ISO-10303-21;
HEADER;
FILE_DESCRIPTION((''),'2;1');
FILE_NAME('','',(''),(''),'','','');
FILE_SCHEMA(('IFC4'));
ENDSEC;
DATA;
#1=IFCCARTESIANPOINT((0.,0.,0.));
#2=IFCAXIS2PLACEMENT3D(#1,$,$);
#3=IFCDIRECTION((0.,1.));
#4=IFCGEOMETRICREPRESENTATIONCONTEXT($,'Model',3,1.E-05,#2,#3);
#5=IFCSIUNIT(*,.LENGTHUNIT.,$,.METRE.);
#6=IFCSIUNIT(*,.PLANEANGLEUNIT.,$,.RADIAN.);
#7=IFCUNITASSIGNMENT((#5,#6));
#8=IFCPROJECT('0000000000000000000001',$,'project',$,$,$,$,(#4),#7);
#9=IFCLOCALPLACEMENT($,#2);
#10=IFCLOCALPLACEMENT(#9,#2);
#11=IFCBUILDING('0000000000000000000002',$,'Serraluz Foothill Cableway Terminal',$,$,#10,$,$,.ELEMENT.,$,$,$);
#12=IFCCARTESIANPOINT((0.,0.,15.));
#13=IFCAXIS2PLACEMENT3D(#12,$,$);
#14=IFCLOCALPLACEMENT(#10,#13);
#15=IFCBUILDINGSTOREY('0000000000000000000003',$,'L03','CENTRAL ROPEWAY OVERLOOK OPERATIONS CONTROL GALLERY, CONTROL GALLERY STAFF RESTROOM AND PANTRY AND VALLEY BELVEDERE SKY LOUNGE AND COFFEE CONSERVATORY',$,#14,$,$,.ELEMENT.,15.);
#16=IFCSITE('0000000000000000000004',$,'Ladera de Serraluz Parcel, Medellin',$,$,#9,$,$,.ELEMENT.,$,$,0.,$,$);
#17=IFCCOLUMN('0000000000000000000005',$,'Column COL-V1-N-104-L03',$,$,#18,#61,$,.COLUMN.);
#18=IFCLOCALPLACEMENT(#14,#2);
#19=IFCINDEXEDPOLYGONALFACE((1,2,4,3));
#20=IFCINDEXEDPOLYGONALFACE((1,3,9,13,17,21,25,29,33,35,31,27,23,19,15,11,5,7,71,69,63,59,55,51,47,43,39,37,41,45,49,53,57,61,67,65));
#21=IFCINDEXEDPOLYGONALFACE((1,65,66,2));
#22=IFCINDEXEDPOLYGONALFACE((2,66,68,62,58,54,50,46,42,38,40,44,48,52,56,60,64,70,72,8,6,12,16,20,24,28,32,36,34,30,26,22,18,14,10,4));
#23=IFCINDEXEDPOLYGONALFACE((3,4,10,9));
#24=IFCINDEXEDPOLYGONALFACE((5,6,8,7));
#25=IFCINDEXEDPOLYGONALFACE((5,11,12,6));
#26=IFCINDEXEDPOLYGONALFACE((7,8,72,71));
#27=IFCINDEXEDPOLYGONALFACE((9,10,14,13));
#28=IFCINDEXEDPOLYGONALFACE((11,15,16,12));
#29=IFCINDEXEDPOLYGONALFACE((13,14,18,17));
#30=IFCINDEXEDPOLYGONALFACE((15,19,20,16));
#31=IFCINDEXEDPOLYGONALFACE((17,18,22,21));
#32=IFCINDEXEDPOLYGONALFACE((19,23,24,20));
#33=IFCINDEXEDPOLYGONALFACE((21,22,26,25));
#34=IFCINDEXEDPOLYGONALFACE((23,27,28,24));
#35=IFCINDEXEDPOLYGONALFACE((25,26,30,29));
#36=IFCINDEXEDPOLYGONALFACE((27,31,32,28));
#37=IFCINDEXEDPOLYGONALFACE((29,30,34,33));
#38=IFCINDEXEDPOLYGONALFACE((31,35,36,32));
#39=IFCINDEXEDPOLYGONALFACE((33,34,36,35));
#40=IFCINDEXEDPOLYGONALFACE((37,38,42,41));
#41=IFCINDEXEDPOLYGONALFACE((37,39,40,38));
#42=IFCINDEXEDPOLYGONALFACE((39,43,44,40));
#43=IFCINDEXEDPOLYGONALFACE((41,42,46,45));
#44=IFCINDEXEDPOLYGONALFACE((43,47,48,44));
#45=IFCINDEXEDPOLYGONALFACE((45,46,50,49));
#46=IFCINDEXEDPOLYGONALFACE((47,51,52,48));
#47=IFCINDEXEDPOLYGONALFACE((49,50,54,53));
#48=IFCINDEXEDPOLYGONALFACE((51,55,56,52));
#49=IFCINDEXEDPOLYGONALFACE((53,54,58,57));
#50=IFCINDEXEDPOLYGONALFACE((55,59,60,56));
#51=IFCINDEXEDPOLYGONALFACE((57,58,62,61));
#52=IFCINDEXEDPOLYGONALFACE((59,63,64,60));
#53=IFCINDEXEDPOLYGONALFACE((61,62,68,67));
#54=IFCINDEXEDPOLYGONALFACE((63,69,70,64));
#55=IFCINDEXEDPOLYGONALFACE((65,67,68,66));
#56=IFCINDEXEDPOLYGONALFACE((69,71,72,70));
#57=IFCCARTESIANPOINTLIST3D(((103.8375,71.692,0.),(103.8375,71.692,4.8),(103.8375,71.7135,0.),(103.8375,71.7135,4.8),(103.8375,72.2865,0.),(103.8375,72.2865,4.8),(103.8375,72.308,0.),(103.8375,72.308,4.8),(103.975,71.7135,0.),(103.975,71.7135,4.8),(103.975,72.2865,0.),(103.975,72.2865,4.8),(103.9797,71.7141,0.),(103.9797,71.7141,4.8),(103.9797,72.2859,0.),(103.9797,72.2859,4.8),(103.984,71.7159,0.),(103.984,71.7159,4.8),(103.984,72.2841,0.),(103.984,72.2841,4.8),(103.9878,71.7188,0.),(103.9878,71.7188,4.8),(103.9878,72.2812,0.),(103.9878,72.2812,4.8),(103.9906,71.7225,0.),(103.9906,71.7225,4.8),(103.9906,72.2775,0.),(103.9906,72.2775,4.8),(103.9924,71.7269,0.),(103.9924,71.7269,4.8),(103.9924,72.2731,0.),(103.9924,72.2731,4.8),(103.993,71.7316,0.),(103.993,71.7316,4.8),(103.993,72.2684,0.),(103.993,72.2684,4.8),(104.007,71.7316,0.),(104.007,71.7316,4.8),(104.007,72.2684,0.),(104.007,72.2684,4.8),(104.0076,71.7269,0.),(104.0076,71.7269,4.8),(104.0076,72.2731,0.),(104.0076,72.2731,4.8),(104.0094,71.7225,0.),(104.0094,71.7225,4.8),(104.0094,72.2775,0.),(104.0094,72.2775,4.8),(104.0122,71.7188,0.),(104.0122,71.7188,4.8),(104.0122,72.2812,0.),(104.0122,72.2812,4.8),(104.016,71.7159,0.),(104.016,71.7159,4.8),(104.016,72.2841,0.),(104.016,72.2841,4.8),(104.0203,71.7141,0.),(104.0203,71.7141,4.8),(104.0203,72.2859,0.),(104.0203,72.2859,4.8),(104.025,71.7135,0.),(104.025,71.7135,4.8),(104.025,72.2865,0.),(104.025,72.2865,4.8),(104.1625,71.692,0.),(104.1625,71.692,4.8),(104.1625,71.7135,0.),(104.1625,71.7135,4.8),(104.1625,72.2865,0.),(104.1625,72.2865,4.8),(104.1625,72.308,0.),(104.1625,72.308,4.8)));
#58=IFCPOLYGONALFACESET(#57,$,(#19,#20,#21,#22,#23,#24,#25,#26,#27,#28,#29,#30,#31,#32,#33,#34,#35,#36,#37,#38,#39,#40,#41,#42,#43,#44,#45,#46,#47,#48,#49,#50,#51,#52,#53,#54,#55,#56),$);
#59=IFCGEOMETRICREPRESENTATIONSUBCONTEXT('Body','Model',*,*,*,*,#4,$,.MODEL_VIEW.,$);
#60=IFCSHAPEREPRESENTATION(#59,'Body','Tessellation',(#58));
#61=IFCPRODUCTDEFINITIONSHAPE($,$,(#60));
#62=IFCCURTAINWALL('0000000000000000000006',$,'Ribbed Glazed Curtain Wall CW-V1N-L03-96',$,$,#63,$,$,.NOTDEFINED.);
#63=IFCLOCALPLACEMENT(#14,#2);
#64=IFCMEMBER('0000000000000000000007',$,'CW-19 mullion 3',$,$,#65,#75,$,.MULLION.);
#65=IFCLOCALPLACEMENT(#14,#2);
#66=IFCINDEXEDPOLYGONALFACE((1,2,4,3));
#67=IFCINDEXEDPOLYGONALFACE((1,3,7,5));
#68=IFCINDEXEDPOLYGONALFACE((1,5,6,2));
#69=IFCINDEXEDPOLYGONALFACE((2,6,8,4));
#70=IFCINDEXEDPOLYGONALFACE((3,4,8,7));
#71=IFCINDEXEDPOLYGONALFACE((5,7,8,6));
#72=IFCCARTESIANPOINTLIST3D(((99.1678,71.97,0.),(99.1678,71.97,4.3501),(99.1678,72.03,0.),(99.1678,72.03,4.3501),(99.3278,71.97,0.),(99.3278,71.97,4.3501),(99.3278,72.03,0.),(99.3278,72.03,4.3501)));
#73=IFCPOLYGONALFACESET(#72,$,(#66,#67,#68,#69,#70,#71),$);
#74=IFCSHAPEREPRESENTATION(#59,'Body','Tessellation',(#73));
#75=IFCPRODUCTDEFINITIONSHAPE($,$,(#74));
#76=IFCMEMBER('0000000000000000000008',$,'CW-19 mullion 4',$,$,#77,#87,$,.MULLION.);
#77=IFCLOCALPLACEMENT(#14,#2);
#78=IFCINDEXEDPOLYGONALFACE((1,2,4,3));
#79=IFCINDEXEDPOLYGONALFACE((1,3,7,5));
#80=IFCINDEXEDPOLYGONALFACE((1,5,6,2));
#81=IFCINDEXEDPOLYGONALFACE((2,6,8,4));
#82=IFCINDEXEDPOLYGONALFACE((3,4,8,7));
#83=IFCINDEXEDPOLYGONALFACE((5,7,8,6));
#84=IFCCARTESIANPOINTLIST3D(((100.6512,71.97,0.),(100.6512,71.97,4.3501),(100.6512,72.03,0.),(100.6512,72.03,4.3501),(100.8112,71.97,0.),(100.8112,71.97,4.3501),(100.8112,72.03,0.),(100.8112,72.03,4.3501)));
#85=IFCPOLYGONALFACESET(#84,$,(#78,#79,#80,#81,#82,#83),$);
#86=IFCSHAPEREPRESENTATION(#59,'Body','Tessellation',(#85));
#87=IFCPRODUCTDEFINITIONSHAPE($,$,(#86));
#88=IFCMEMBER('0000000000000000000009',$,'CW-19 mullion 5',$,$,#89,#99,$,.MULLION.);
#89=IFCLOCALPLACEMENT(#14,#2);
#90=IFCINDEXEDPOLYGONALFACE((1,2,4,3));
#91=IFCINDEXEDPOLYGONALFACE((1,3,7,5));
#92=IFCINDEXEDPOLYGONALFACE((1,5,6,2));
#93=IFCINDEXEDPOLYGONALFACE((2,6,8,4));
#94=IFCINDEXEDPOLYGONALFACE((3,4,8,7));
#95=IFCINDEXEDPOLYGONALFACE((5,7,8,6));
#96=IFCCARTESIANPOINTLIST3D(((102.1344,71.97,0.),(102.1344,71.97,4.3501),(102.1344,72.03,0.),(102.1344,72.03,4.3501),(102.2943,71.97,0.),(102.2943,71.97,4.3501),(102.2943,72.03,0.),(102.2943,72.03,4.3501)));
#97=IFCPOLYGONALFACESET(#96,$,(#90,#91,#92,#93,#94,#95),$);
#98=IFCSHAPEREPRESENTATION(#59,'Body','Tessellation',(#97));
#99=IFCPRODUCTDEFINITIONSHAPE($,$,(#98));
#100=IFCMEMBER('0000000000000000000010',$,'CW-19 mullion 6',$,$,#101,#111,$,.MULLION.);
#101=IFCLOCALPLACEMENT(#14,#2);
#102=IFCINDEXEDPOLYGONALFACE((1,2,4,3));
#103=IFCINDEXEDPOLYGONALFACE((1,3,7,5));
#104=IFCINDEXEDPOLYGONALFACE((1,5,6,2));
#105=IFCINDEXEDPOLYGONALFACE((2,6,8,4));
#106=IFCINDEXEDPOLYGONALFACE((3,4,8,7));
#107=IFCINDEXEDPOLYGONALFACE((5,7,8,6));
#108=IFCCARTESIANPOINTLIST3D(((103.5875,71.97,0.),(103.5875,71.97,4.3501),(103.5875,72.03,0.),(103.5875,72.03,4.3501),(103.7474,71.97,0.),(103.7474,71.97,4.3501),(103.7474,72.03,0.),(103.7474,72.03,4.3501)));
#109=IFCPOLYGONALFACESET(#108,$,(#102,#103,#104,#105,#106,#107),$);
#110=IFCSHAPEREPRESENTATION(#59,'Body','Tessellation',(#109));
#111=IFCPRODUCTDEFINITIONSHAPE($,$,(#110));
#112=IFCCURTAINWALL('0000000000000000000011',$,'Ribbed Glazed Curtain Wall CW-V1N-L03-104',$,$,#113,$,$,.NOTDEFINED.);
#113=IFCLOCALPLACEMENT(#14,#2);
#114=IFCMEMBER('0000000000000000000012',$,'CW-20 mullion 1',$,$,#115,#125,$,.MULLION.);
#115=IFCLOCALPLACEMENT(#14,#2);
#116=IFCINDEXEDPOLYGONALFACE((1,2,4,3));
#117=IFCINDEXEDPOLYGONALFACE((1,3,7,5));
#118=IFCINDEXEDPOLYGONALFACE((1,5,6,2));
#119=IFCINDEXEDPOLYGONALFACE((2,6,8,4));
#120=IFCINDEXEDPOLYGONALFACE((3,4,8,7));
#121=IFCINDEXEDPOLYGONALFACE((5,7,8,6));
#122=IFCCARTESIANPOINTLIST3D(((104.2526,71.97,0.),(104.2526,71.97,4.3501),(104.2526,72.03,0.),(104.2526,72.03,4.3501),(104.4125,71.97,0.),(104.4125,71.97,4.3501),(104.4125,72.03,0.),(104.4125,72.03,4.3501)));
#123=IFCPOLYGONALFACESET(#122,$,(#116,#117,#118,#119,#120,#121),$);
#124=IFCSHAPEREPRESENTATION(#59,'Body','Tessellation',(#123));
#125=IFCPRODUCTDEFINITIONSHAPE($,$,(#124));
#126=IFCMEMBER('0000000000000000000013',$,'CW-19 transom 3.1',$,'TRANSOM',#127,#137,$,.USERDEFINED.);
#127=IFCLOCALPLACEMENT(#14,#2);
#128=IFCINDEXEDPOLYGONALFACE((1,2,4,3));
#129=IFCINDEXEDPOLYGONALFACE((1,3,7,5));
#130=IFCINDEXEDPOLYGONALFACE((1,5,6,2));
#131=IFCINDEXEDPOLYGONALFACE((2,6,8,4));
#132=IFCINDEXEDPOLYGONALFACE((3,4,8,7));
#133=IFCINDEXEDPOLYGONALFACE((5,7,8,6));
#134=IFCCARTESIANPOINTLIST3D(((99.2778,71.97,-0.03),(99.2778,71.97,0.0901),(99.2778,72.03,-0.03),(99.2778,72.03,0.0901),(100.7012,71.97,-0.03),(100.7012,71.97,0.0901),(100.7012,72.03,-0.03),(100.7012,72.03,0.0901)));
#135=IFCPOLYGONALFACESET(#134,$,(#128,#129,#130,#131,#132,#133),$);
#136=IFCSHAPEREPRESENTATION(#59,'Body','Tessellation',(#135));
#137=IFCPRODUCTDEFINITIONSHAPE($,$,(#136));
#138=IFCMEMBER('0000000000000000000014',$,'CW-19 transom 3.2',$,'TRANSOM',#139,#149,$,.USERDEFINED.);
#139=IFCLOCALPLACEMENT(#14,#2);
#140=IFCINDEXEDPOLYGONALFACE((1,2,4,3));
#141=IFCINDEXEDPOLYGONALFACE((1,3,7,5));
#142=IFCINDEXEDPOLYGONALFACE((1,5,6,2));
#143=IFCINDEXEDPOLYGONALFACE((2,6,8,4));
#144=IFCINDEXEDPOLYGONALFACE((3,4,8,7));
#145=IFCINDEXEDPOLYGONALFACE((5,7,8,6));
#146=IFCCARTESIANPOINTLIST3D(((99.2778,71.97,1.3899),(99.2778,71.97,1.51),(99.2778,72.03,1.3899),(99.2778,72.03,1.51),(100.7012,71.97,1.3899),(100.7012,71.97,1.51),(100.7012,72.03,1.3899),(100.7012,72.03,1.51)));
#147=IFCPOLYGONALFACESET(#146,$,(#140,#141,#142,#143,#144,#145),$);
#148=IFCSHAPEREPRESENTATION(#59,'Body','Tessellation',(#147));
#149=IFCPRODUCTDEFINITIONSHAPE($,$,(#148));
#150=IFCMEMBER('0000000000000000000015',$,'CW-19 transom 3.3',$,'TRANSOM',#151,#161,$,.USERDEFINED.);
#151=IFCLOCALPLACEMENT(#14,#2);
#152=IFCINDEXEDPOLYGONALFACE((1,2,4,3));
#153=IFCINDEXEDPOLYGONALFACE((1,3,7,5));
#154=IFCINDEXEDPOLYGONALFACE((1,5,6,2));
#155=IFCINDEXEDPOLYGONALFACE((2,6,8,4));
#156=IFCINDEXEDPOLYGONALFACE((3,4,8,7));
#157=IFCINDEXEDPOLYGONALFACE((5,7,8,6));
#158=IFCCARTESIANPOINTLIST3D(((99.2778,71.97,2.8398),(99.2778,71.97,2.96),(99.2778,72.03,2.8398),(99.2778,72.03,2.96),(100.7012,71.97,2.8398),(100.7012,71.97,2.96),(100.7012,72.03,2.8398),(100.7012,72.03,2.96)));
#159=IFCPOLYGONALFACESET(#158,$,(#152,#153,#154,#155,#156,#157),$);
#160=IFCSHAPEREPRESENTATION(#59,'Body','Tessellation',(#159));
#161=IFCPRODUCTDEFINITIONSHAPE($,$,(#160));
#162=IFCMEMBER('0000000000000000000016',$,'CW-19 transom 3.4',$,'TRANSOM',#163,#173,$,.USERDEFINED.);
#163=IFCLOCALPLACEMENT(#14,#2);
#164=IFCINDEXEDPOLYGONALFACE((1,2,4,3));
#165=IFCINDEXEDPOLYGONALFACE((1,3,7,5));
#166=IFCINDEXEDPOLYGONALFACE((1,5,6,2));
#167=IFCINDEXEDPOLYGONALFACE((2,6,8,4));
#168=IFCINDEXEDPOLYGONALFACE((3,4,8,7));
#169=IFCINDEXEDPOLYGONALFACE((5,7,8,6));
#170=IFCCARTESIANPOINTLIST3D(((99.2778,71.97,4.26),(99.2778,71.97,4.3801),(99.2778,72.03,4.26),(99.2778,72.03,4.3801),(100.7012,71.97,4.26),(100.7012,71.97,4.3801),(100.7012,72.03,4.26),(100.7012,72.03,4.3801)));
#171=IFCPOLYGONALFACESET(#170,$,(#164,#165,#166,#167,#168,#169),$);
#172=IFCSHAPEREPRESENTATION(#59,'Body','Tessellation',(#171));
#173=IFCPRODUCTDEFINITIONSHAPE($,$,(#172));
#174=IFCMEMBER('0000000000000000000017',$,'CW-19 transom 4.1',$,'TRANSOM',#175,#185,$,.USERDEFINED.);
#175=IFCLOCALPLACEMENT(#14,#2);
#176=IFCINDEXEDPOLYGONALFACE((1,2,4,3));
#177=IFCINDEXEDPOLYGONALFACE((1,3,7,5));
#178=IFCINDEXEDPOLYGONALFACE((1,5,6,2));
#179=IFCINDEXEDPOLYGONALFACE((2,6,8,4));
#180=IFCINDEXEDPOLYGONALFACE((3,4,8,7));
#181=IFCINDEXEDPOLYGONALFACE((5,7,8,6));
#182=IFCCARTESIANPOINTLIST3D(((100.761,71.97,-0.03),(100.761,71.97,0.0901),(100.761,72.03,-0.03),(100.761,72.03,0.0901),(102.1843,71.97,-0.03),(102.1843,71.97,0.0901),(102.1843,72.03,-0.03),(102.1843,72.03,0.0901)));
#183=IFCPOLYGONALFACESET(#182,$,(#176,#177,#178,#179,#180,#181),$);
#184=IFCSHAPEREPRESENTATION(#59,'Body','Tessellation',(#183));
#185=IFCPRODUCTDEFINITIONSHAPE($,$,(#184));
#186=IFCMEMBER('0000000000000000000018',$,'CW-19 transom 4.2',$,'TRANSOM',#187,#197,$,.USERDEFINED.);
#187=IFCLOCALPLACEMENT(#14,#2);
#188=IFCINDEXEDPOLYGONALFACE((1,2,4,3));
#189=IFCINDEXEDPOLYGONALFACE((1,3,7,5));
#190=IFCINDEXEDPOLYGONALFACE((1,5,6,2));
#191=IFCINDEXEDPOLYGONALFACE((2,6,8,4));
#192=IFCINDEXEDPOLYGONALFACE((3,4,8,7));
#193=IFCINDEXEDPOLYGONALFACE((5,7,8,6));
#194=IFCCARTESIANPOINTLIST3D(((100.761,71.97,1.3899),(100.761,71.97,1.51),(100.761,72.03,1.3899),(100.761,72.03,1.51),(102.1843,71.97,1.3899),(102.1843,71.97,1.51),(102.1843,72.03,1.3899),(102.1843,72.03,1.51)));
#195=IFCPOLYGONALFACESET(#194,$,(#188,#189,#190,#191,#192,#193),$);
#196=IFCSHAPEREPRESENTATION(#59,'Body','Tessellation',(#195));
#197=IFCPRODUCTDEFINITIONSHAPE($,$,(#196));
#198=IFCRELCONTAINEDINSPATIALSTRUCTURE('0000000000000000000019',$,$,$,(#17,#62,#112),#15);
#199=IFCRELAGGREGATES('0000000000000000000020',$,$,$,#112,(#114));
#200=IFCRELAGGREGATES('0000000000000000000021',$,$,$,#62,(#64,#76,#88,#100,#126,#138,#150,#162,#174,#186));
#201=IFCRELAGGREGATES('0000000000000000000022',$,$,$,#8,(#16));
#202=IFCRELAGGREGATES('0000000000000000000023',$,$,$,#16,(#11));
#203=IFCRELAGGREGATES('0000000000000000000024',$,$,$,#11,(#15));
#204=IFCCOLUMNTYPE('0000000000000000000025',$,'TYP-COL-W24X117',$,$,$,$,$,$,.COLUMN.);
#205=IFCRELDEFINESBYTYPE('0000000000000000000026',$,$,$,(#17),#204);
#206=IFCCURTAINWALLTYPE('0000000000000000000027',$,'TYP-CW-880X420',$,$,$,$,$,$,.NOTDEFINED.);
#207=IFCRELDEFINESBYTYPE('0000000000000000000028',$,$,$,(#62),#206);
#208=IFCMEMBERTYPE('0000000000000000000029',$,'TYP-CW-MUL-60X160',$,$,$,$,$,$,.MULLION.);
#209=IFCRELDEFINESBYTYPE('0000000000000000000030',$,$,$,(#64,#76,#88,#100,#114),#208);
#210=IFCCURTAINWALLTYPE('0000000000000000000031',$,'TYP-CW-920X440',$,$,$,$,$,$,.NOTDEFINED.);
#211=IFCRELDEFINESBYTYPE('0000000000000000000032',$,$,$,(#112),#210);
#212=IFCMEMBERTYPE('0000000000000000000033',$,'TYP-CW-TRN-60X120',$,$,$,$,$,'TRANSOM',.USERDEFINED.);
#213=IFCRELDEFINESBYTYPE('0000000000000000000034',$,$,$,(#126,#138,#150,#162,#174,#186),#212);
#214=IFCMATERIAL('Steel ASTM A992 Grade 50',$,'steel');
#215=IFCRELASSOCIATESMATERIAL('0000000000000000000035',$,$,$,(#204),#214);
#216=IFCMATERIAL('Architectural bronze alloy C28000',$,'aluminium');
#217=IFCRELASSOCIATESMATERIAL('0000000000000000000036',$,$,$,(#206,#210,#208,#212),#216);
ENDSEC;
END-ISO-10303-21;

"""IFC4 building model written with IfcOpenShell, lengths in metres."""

from ifc_helpers import new_model, si_unit, direction, frame, origin, origin_2d, place, context, subcontext, project, spatial, rectangle, i_section, extrude, material, material_profile, profile_set, type_object, element, aggregate, save


model = new_model("IFC4")

# Units and contexts
model_context = context("Model", 3, precision=1e-05, world=origin(), true_north=direction((0.0, 1.0)))
body_context = subcontext(model_context, "Body", "Model", "MODEL_VIEW")
ifc_project = project(units=[si_unit("LENGTHUNIT", "METRE"), si_unit("PLANEANGLEUNIT", "RADIAN")], contexts=[model_context])

# Site, building, storey
site_placement = place(None, origin())
site = spatial("IfcSite", under=ifc_project, at=site_placement, Name="Ladera de Serraluz Parcel, Medellin", CompositionType="ELEMENT", RefElevation=0.0)
building_placement = place(site_placement, origin())
building = spatial("IfcBuilding", under=site, at=building_placement, Name="Serraluz Foothill Cableway Terminal", CompositionType="ELEMENT")
storey_placement = place(building_placement, frame((0.0, 0.0, 15.0)))
storey = spatial("IfcBuildingStorey", under=building, at=storey_placement, Name="L03", Description="CENTRAL ROPEWAY OVERLOOK OPERATIONS CONTROL GALLERY, CONTROL GALLERY STAFF RESTROOM AND PANTRY AND VALLEY BELVEDERE SKY LOUNGE AND COFFEE CONSERVATORY", CompositionType="ELEMENT", Elevation=15.0)

# Column
ifc_material_1 = material(Name="Steel ASTM A992 Grade 50", Category="steel")
ifc_material_profile_1 = material_profile(ifc_material_1, i_section(OverallWidth=0.325, OverallDepth=0.616, WebThickness=0.0139, FlangeThickness=0.0215, FilletRadius=0.0181, at=origin_2d()), Name="W24X117")
ifc_profile_set_1 = profile_set([ifc_material_profile_1], Name="Steel ASTM A992 Grade 50")
column_type = type_object("IfcColumnType", Name="TYP-COL-W24X117", PredefinedType="COLUMN", material=ifc_profile_set_1)
column_placement = place(storey_placement, frame((104.0, 72.0, 0.0), z_axis=(0.0, 0.0, 1.0), x_axis=(1.0, 0.0, 0.0)))
element("IfcColumn", 1, at=column_placement, inside=storey, type_object=column_type, Name="Column COL-V1-N-104-L03", PredefinedType="COLUMN", context=body_context, shape_type="SweptSolid", body=[
    extrude(i_section(OverallWidth=0.325, OverallDepth=0.616, WebThickness=0.0139, FlangeThickness=0.0215, FilletRadius=0.0181, at=origin_2d()), origin(), (0.0, 0.0, 1.0), 4.8),
])

# Curtain wall, members
ifc_material_2 = material(Name="Architectural bronze alloy C28000", Category="aluminium")
curtain_wall_type_1 = type_object("IfcCurtainWallType", Name="TYP-CW-880X420", PredefinedType="NOTDEFINED", material=ifc_material_2)
curtain_wall_1_placement = place(storey_placement, origin())
curtain_wall_1 = element("IfcCurtainWall", 2, at=curtain_wall_1_placement, inside=storey, type_object=curtain_wall_type_1, Name="Ribbed Glazed Curtain Wall CW-V1N-L03-96", PredefinedType="NOTDEFINED")
ifc_material_profile_2 = material_profile(ifc_material_2, rectangle(XDim=0.0601, YDim=0.1599, at=origin_2d()), Name="ALU MULLION 60x160")
ifc_profile_set_2 = profile_set([ifc_material_profile_2], Name="Architectural bronze alloy C28000")
member_type_1 = type_object("IfcMemberType", Name="TYP-CW-MUL-60X160", PredefinedType="MULLION", material=ifc_profile_set_2)
member_1_placement = place(storey_placement, frame((99.2478, 72.0, 0.0), z_axis=(0.0, 0.0, 1.0), x_axis=(0.0, 1.0, 0.0)))
member_1 = element("IfcMember", 3, at=member_1_placement, type_object=member_type_1, Name="CW-19 mullion 3", PredefinedType="MULLION", context=body_context, shape_type="SweptSolid", body=[
    extrude(rectangle(XDim=0.0601, YDim=0.1599, at=origin_2d()), origin(), (0.0, 0.0, 1.0), 4.3501),
])
member_2_placement = place(storey_placement, frame((100.7312, 72.0, 0.0), z_axis=(0.0, 0.0, 1.0), x_axis=(0.0, 1.0, 0.0)))
member_2 = element("IfcMember", 4, at=member_2_placement, type_object=member_type_1, Name="CW-19 mullion 4", PredefinedType="MULLION", context=body_context, shape_type="SweptSolid", body=[
    extrude(rectangle(XDim=0.0601, YDim=0.1599, at=origin_2d()), origin(), (0.0, 0.0, 1.0), 4.3501),
])
member_3_placement = place(storey_placement, frame((102.2144, 72.0, 0.0), z_axis=(0.0, 0.0, 1.0), x_axis=(0.0, 1.0, 0.0)))
member_3 = element("IfcMember", 5, at=member_3_placement, type_object=member_type_1, Name="CW-19 mullion 5", PredefinedType="MULLION", context=body_context, shape_type="SweptSolid", body=[
    extrude(rectangle(XDim=0.0601, YDim=0.1599, at=origin_2d()), origin(), (0.0, 0.0, 1.0), 4.3501),
])
member_4_placement = place(storey_placement, frame((103.6675, 72.0, 0.0), z_axis=(0.0, 0.0, 1.0), x_axis=(0.0, 1.0, 0.0)))
member_4 = element("IfcMember", 6, at=member_4_placement, type_object=member_type_1, Name="CW-19 mullion 6", PredefinedType="MULLION", context=body_context, shape_type="SweptSolid", body=[
    extrude(rectangle(XDim=0.0601, YDim=0.1599, at=origin_2d()), origin(), (0.0, 0.0, 1.0), 4.3501),
])

# Curtain wall, member
curtain_wall_type_2 = type_object("IfcCurtainWallType", Name="TYP-CW-920X440", PredefinedType="NOTDEFINED", material=ifc_material_2)
curtain_wall_2_placement = place(storey_placement, origin())
curtain_wall_2 = element("IfcCurtainWall", 7, at=curtain_wall_2_placement, inside=storey, type_object=curtain_wall_type_2, Name="Ribbed Glazed Curtain Wall CW-V1N-L03-104", PredefinedType="NOTDEFINED")
member_5_placement = place(storey_placement, frame((104.3325, 72.0, 0.0), z_axis=(0.0, 0.0, 1.0), x_axis=(0.0, 1.0, 0.0)))
member_5 = element("IfcMember", 8, at=member_5_placement, type_object=member_type_1, Name="CW-20 mullion 1", PredefinedType="MULLION", context=body_context, shape_type="SweptSolid", body=[
    extrude(rectangle(XDim=0.0601, YDim=0.1599, at=origin_2d()), origin(), (0.0, 0.0, 1.0), 4.3501),
])

# Members
ifc_material_profile_3 = material_profile(ifc_material_2, rectangle(XDim=0.0601, YDim=0.1201, at=origin_2d()), Name="ALU TRANSOM 60x120")
ifc_profile_set_3 = profile_set([ifc_material_profile_3], Name="Architectural bronze alloy C28000")
member_type_2 = type_object("IfcMemberType", Name="TYP-CW-TRN-60X120", ElementType="TRANSOM", PredefinedType="USERDEFINED", material=ifc_profile_set_3)
member_6_placement = place(storey_placement, frame((99.2778, 72.0, 0.03), z_axis=(1.0, 0.0, 0.0), x_axis=(0.0, 1.0, 0.0)))
member_6 = element("IfcMember", 9, at=member_6_placement, type_object=member_type_2, Name="CW-19 transom 3.1", ObjectType="TRANSOM", PredefinedType="USERDEFINED", context=body_context, shape_type="SweptSolid", body=[
    extrude(rectangle(XDim=0.0601, YDim=0.1201, at=origin_2d()), origin(), (0.0, 0.0, 1.0), 1.4233),
])
member_7_placement = place(storey_placement, frame((99.2778, 72.0, 1.45), z_axis=(1.0, 0.0, 0.0), x_axis=(0.0, 1.0, 0.0)))
member_7 = element("IfcMember", 10, at=member_7_placement, type_object=member_type_2, Name="CW-19 transom 3.2", ObjectType="TRANSOM", PredefinedType="USERDEFINED", context=body_context, shape_type="SweptSolid", body=[
    extrude(rectangle(XDim=0.0601, YDim=0.1201, at=origin_2d()), origin(), (0.0, 0.0, 1.0), 1.4233),
])
member_8_placement = place(storey_placement, frame((99.2778, 72.0, 2.8999), z_axis=(1.0, 0.0, 0.0), x_axis=(0.0, 1.0, 0.0)))
member_8 = element("IfcMember", 11, at=member_8_placement, type_object=member_type_2, Name="CW-19 transom 3.3", ObjectType="TRANSOM", PredefinedType="USERDEFINED", context=body_context, shape_type="SweptSolid", body=[
    extrude(rectangle(XDim=0.0601, YDim=0.1201, at=origin_2d()), origin(), (0.0, 0.0, 1.0), 1.4233),
])
member_9_placement = place(storey_placement, frame((99.2778, 72.0, 4.3201), z_axis=(1.0, 0.0, 0.0), x_axis=(0.0, 1.0, 0.0)))
member_9 = element("IfcMember", 12, at=member_9_placement, type_object=member_type_2, Name="CW-19 transom 3.4", ObjectType="TRANSOM", PredefinedType="USERDEFINED", context=body_context, shape_type="SweptSolid", body=[
    extrude(rectangle(XDim=0.0601, YDim=0.1201, at=origin_2d()), origin(), (0.0, 0.0, 1.0), 1.4233),
])
member_10_placement = place(storey_placement, frame((100.761, 72.0, 0.03), z_axis=(1.0, 0.0, 0.0), x_axis=(0.0, 1.0, 0.0)))
member_10 = element("IfcMember", 13, at=member_10_placement, type_object=member_type_2, Name="CW-19 transom 4.1", ObjectType="TRANSOM", PredefinedType="USERDEFINED", context=body_context, shape_type="SweptSolid", body=[
    extrude(rectangle(XDim=0.0601, YDim=0.1201, at=origin_2d()), origin(), (0.0, 0.0, 1.0), 1.4233),
])
member_11_placement = place(storey_placement, frame((100.761, 72.0, 1.45), z_axis=(1.0, 0.0, 0.0), x_axis=(0.0, 1.0, 0.0)))
member_11 = element("IfcMember", 14, at=member_11_placement, type_object=member_type_2, Name="CW-19 transom 4.2", ObjectType="TRANSOM", PredefinedType="USERDEFINED", context=body_context, shape_type="SweptSolid", body=[
    extrude(rectangle(XDim=0.0601, YDim=0.1201, at=origin_2d()), origin(), (0.0, 0.0, 1.0), 1.4233),
])
aggregate(curtain_wall_2, [member_5])

aggregate(curtain_wall_1, [member_1, member_2, member_3, member_4, member_6, member_7, member_8, member_9, member_10, member_11])

save(model, "model.ifc")
